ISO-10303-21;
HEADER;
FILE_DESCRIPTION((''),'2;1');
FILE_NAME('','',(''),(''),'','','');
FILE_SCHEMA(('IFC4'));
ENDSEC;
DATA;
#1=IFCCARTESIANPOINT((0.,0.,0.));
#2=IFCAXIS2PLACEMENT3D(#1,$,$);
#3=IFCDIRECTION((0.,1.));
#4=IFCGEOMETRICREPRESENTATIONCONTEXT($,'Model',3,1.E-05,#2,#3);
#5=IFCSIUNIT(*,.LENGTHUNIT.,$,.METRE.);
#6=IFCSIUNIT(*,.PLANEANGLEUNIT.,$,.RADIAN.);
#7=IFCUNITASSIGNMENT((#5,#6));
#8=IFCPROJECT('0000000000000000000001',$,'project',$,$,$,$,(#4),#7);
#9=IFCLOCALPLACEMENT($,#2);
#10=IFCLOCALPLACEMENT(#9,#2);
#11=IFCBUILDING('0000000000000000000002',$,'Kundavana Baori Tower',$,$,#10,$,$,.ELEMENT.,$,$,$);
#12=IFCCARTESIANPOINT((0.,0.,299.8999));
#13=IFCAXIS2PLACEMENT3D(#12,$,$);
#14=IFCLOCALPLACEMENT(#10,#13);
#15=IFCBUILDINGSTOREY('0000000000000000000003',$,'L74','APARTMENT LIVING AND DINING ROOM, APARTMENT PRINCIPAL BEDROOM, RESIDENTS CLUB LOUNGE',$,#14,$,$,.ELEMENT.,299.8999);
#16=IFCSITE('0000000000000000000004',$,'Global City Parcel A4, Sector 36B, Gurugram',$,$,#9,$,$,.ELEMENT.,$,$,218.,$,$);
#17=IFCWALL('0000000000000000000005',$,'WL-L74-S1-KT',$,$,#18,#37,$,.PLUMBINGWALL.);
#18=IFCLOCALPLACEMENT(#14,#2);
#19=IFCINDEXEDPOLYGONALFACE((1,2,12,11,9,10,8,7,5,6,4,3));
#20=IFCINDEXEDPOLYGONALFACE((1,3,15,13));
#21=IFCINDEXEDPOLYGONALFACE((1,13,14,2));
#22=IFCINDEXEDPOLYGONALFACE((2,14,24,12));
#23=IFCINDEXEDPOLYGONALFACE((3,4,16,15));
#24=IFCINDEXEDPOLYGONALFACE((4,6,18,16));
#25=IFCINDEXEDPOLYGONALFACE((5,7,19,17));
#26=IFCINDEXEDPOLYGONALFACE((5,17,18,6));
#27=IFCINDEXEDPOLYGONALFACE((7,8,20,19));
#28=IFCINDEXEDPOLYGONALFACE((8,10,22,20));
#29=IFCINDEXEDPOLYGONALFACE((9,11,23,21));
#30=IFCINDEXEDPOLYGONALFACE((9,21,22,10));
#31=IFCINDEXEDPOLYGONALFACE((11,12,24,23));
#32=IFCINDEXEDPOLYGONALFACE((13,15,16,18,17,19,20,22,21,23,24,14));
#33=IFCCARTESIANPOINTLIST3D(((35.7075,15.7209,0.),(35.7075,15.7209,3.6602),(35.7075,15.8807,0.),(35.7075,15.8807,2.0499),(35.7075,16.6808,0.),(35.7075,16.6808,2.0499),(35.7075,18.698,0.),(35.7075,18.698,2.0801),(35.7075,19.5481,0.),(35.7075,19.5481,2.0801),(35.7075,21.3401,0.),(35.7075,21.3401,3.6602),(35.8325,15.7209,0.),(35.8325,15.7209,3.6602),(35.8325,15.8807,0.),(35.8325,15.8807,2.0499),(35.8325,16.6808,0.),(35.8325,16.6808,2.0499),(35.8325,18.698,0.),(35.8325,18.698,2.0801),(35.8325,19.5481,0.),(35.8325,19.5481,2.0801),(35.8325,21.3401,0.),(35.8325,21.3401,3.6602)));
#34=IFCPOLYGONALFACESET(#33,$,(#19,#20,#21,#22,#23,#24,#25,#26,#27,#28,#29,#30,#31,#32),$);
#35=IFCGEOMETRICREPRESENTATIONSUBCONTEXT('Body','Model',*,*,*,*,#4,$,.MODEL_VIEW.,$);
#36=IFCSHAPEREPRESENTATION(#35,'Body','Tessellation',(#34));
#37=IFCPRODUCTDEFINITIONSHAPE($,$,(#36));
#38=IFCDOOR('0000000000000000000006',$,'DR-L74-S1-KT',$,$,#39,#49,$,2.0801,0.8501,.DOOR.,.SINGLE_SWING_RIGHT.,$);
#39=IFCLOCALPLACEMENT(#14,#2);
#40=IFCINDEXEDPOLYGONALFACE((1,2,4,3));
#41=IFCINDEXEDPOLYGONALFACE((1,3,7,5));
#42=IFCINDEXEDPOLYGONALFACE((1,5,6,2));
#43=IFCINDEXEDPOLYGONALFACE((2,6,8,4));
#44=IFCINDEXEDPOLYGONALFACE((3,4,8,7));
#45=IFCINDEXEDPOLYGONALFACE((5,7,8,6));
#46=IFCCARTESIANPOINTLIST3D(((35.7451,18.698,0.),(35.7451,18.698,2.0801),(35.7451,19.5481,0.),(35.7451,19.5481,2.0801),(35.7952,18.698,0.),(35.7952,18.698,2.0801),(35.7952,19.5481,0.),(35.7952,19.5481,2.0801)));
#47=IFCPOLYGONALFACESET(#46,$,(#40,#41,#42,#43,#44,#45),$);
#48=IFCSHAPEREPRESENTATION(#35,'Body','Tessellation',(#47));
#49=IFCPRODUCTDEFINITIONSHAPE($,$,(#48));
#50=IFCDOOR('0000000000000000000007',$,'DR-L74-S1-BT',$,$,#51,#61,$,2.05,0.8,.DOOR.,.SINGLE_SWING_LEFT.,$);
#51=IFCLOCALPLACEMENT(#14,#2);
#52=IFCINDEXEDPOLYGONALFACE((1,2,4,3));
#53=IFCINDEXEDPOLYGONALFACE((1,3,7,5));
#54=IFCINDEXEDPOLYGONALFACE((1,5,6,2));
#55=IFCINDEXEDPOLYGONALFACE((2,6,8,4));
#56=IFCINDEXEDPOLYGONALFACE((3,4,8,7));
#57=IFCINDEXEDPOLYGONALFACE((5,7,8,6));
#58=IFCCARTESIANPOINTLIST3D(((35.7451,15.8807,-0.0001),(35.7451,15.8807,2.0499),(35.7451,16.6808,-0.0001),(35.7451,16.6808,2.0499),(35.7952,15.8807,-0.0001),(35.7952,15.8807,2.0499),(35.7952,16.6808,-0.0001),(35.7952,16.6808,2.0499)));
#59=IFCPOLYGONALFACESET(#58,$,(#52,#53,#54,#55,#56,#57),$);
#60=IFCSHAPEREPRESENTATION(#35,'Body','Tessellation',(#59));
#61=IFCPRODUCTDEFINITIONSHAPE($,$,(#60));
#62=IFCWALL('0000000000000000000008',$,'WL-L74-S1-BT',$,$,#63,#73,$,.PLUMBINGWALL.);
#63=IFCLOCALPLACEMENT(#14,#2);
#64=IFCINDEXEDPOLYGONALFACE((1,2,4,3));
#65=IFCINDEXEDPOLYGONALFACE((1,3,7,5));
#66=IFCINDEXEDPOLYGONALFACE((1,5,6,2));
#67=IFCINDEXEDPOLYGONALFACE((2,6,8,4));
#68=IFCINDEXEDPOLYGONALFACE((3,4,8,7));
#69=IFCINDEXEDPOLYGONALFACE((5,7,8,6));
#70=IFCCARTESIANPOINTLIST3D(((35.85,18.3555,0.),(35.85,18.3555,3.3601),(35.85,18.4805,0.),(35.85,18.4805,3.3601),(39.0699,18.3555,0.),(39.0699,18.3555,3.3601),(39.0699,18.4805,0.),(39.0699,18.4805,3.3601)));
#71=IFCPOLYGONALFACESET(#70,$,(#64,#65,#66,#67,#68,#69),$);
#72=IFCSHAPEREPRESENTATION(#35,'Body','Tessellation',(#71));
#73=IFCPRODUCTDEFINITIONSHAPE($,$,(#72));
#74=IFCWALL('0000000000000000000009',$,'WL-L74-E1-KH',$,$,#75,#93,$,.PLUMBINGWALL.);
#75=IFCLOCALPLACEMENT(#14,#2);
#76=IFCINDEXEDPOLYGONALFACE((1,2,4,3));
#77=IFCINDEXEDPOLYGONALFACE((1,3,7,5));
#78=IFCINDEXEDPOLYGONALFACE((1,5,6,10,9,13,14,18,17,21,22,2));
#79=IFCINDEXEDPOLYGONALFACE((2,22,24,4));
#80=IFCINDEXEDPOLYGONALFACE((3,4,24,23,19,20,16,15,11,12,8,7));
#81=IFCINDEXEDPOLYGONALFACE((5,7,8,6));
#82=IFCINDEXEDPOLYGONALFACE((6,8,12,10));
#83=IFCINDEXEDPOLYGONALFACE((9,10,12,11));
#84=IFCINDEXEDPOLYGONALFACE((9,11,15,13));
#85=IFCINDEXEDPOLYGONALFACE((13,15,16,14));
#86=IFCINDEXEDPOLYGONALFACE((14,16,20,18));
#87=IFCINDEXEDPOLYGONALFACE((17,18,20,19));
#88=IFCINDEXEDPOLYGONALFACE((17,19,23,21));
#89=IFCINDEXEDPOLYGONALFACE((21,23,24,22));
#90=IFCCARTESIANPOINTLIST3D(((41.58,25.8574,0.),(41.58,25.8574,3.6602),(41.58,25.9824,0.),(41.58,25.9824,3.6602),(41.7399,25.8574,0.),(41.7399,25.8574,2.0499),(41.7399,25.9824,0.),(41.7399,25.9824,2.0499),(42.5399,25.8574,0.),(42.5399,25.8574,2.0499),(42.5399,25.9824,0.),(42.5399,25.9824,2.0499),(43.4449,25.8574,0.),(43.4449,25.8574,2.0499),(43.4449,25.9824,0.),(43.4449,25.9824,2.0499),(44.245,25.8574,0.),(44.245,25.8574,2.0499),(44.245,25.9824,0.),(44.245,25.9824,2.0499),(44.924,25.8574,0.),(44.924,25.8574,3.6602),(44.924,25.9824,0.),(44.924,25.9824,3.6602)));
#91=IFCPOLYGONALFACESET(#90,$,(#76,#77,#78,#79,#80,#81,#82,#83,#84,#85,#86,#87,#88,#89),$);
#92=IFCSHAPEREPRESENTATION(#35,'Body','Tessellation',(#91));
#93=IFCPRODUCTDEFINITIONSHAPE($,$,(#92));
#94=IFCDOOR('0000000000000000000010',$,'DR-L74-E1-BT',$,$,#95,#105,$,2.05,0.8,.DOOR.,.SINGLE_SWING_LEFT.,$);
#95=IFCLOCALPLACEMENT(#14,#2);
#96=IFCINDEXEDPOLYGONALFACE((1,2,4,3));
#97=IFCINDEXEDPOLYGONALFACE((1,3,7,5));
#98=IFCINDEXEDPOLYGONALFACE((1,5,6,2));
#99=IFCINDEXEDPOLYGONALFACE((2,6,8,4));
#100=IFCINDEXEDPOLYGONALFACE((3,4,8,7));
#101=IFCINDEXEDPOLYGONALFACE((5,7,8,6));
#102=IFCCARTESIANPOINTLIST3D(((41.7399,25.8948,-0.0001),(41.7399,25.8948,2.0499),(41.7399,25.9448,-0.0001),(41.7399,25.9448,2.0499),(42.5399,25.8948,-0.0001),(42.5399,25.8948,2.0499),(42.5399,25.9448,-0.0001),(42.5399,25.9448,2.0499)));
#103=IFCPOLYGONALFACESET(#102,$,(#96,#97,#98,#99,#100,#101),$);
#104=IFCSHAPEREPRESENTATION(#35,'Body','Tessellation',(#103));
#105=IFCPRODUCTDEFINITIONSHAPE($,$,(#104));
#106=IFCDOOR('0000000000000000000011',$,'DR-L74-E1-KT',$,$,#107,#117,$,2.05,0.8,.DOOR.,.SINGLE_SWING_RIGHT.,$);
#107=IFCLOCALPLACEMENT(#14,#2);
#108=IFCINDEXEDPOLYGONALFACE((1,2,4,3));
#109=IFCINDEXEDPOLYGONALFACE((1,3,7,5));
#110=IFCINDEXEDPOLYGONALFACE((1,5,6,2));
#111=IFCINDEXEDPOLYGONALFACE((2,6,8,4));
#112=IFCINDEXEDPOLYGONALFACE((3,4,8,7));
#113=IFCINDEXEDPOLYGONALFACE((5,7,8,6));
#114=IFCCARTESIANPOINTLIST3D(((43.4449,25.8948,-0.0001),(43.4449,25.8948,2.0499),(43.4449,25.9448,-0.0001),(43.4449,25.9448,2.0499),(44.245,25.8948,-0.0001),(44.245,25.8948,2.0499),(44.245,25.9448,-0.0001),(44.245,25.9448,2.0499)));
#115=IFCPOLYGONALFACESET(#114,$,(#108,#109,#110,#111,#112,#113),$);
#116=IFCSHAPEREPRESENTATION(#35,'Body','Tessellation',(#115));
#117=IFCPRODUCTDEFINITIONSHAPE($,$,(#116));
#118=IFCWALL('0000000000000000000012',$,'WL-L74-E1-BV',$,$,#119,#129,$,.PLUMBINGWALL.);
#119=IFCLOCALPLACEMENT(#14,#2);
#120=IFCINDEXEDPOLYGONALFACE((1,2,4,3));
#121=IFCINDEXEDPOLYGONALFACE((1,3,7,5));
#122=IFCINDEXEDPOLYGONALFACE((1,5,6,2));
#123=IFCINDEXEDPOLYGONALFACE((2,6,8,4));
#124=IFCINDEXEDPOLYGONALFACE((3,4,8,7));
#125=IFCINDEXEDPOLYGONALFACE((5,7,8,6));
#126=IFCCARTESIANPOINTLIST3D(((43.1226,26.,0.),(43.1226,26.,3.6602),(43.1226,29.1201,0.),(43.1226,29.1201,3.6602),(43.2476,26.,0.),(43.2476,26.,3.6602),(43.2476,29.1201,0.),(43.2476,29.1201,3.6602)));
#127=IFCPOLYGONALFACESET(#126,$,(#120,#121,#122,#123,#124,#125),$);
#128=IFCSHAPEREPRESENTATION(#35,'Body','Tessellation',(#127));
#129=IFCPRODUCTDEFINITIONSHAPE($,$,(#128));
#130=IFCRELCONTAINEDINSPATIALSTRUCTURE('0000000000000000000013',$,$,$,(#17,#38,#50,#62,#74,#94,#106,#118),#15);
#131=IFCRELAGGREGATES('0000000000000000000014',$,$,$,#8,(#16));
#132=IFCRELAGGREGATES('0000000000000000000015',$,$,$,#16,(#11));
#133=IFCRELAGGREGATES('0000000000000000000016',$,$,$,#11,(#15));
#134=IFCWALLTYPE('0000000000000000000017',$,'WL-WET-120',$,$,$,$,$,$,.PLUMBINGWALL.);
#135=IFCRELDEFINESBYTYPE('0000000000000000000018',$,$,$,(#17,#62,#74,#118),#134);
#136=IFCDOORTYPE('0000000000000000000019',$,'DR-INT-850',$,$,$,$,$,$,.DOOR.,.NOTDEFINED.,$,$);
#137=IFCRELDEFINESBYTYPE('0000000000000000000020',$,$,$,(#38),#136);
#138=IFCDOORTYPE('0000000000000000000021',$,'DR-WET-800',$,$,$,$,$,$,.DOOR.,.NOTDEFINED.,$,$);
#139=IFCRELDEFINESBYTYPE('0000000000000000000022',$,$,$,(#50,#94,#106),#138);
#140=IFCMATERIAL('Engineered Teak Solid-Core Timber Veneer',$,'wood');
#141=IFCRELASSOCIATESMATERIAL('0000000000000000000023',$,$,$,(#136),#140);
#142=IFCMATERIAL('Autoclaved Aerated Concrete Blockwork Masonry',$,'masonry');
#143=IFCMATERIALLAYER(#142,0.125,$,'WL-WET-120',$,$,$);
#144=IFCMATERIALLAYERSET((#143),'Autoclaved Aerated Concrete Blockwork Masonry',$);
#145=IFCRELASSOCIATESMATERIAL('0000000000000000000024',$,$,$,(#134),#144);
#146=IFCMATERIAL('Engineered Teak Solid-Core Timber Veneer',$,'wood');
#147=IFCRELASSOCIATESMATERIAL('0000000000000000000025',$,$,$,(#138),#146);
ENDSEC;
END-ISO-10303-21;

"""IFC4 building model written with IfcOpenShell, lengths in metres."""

from ifc_helpers import new_model, si_unit, direction, frame, frame_2d, origin, place, context, subcontext, project, spatial, rectangle, extrude, material, layer, layer_set, type_object, element, fill, save


model = new_model("IFC4")

# Units and contexts
model_context = context("Model", 3, precision=1e-05, world=origin(), true_north=direction((0.0, 1.0)))
body_context = subcontext(model_context, "Body", "Model", "MODEL_VIEW")
ifc_project = project(units=[si_unit("LENGTHUNIT", "METRE"), si_unit("PLANEANGLEUNIT", "RADIAN")], contexts=[model_context])

# Site, building, storey
site_placement = place(None, origin())
site = spatial("IfcSite", under=ifc_project, at=site_placement, Name="Global City Parcel A4, Sector 36B, Gurugram", CompositionType="ELEMENT", RefElevation=218.0)
building_placement = place(site_placement, origin())
building = spatial("IfcBuilding", under=site, at=building_placement, Name="Kundavana Baori Tower", CompositionType="ELEMENT")
storey_placement = place(building_placement, frame((0.0, 0.0, 299.8999)))
storey = spatial("IfcBuildingStorey", under=building, at=storey_placement, Name="L74", Description="APARTMENT LIVING AND DINING ROOM, APARTMENT PRINCIPAL BEDROOM, RESIDENTS CLUB LOUNGE", CompositionType="ELEMENT", Elevation=299.8999)

# Shared definitions
ifc_material_1 = material(Name="Engineered Teak Solid-Core Timber Veneer", Category="wood")
door_type_1 = type_object("IfcDoorType", Name="DR-INT-850", OperationType="NOTDEFINED", PredefinedType="DOOR", material=ifc_material_1)

# Wall, openings, doors
ifc_material_2 = material(Name="Autoclaved Aerated Concrete Blockwork Masonry", Category="masonry")
ifc_layer_1 = layer(ifc_material_2, 0.125, Name="WL-WET-120")
ifc_layer_set_1 = layer_set([ifc_layer_1], Name="Autoclaved Aerated Concrete Blockwork Masonry")
wall_type_1 = type_object("IfcWallType", Name="WL-WET-120", PredefinedType="PLUMBINGWALL", material=ifc_layer_set_1)
wall_1_placement = place(storey_placement, frame((35.77, 15.7209, 0.0), z_axis=(0.0, 0.0, 1.0), x_axis=(0.0, 1.0, 0.0)))
wall_1 = element("IfcWall", 1, at=wall_1_placement, inside=storey, type_object=wall_type_1, Name="WL-L74-S1-KT", PredefinedType="PLUMBINGWALL", context=body_context, shape_type="SweptSolid", body=[
    extrude(rectangle(XDim=5.6191, YDim=0.125, at=frame_2d((2.8096, 0.0))), origin(), (0.0, 0.0, 1.0), 3.6602),
])
opening_1_placement = place(wall_1_placement, frame((0.1599, 0.0, 0.0)))
opening_1 = element("IfcOpeningElement", 2, at=opening_1_placement, cuts=wall_1, PredefinedType="OPENING", context=body_context, shape_type="SweptSolid", body=[
    extrude(rectangle(XDim=0.8, YDim=2.05, at=frame_2d((0.3999, 1.0249))), frame((0.0, 0.0725, 0.0), z_axis=(0.0, -1.0, 0.0), x_axis=(1.0, 0.0, 0.0)), (0.0, 0.0, 1.0), 0.145),
])
opening_2_placement = place(wall_1_placement, frame((2.9771, 0.0, 0.0)))
opening_2 = element("IfcOpeningElement", 3, at=opening_2_placement, cuts=wall_1, PredefinedType="OPENING", context=body_context, shape_type="SweptSolid", body=[
    extrude(rectangle(XDim=0.8501, YDim=2.0801, at=frame_2d((0.425, 1.04))), frame((0.0, 0.0725, 0.0), z_axis=(0.0, -1.0, 0.0), x_axis=(1.0, 0.0, 0.0)), (0.0, 0.0, 1.0), 0.145),
])
door_1_placement = place(opening_2_placement, origin())
door_1 = element("IfcDoor", 4, at=door_1_placement, inside=storey, type_object=door_type_1, Name="DR-L74-S1-KT", OperationType="SINGLE_SWING_RIGHT", OverallHeight=2.0801, OverallWidth=0.8501, PredefinedType="DOOR", context=body_context, shape_type="SweptSolid", body=[
    extrude(rectangle(XDim=0.8501, YDim=2.0801, at=frame_2d((0.425, 1.04))), frame((0.0, 0.0249, 0.0), z_axis=(0.0, -1.0, 0.0), x_axis=(1.0, 0.0, 0.0)), (0.0, 0.0, 1.0), 0.05),
])
fill(opening_2, door_1)
ifc_material_3 = material(Name="Engineered Teak Solid-Core Timber Veneer", Category="wood")
door_type_2 = type_object("IfcDoorType", Name="DR-WET-800", OperationType="NOTDEFINED", PredefinedType="DOOR", material=ifc_material_3)
door_2_placement = place(opening_1_placement, origin())
door_2 = element("IfcDoor", 5, at=door_2_placement, inside=storey, type_object=door_type_2, Name="DR-L74-S1-BT", OperationType="SINGLE_SWING_LEFT", OverallHeight=2.05, OverallWidth=0.8, PredefinedType="DOOR", context=body_context, shape_type="SweptSolid", body=[
    extrude(rectangle(XDim=0.8, YDim=2.05, at=frame_2d((0.3999, 1.0249))), frame((0.0, 0.0249, 0.0), z_axis=(0.0, -1.0, 0.0), x_axis=(1.0, 0.0, 0.0)), (0.0, 0.0, 1.0), 0.05),
])
fill(opening_1, door_2)

# Wall
wall_2_placement = place(storey_placement, frame((35.8501, 18.418, 0.0), z_axis=(0.0, 0.0, 1.0), x_axis=(1.0, 0.0, 0.0)))
element("IfcWall", 6, at=wall_2_placement, inside=storey, type_object=wall_type_1, Name="WL-L74-S1-BT", PredefinedType="PLUMBINGWALL", context=body_context, shape_type="SweptSolid", body=[
    extrude(rectangle(XDim=3.22, YDim=0.125, at=frame_2d((1.6099, 0.0))), origin(), (0.0, 0.0, 1.0), 3.3601),
])

# Wall, openings, doors
wall_3_placement = place(storey_placement, frame((41.5801, 25.9199, 0.0), z_axis=(0.0, 0.0, 1.0), x_axis=(1.0, 0.0, 0.0)))
wall_3 = element("IfcWall", 7, at=wall_3_placement, inside=storey, type_object=wall_type_1, Name="WL-L74-E1-KH", PredefinedType="PLUMBINGWALL", context=body_context, shape_type="SweptSolid", body=[
    extrude(rectangle(XDim=3.344, YDim=0.125, at=frame_2d((1.6719, 0.0))), origin(), (0.0, 0.0, 1.0), 3.6602),
])
opening_3_placement = place(wall_3_placement, frame((0.1599, 0.0, 0.0)))
opening_3 = element("IfcOpeningElement", 8, at=opening_3_placement, cuts=wall_3, PredefinedType="OPENING", context=body_context, shape_type="SweptSolid", body=[
    extrude(rectangle(XDim=0.8, YDim=2.05, at=frame_2d((0.3999, 1.0249))), frame((0.0, 0.0725, 0.0), z_axis=(0.0, -1.0, 0.0), x_axis=(1.0, 0.0, 0.0)), (0.0, 0.0, 1.0), 0.145),
])
opening_4_placement = place(wall_3_placement, frame((1.865, 0.0, 0.0)))
opening_4 = element("IfcOpeningElement", 9, at=opening_4_placement, cuts=wall_3, PredefinedType="OPENING", context=body_context, shape_type="SweptSolid", body=[
    extrude(rectangle(XDim=0.8, YDim=2.05, at=frame_2d((0.3999, 1.0249))), frame((0.0, 0.0725, 0.0), z_axis=(0.0, -1.0, 0.0), x_axis=(1.0, 0.0, 0.0)), (0.0, 0.0, 1.0), 0.145),
])
door_3_placement = place(opening_3_placement, origin())
door_3 = element("IfcDoor", 10, at=door_3_placement, inside=storey, type_object=door_type_2, Name="DR-L74-E1-BT", OperationType="SINGLE_SWING_LEFT", OverallHeight=2.05, OverallWidth=0.8, PredefinedType="DOOR", context=body_context, shape_type="SweptSolid", body=[
    extrude(rectangle(XDim=0.8, YDim=2.05, at=frame_2d((0.3999, 1.0249))), frame((0.0, 0.0249, 0.0), z_axis=(0.0, -1.0, 0.0), x_axis=(1.0, 0.0, 0.0)), (0.0, 0.0, 1.0), 0.05),
])
fill(opening_3, door_3)
door_4_placement = place(opening_4_placement, origin())
door_4 = element("IfcDoor", 11, at=door_4_placement, inside=storey, type_object=door_type_2, Name="DR-L74-E1-KT", OperationType="SINGLE_SWING_RIGHT", OverallHeight=2.05, OverallWidth=0.8, PredefinedType="DOOR", context=body_context, shape_type="SweptSolid", body=[
    extrude(rectangle(XDim=0.8, YDim=2.05, at=frame_2d((0.3999, 1.0249))), frame((0.0, 0.0249, 0.0), z_axis=(0.0, -1.0, 0.0), x_axis=(1.0, 0.0, 0.0)), (0.0, 0.0, 1.0), 0.05),
])
fill(opening_4, door_4)

# Wall
wall_4_placement = place(storey_placement, frame((43.1851, 26.0, 0.0), z_axis=(0.0, 0.0, 1.0), x_axis=(0.0, 1.0, 0.0)))
element("IfcWall", 12, at=wall_4_placement, inside=storey, type_object=wall_type_1, Name="WL-L74-E1-BV", PredefinedType="PLUMBINGWALL", context=body_context, shape_type="SweptSolid", body=[
    extrude(rectangle(XDim=3.1201, YDim=0.125, at=frame_2d((1.5601, 0.0))), origin(), (0.0, 0.0, 1.0), 3.6602),
])

save(model, "model.ifc")
